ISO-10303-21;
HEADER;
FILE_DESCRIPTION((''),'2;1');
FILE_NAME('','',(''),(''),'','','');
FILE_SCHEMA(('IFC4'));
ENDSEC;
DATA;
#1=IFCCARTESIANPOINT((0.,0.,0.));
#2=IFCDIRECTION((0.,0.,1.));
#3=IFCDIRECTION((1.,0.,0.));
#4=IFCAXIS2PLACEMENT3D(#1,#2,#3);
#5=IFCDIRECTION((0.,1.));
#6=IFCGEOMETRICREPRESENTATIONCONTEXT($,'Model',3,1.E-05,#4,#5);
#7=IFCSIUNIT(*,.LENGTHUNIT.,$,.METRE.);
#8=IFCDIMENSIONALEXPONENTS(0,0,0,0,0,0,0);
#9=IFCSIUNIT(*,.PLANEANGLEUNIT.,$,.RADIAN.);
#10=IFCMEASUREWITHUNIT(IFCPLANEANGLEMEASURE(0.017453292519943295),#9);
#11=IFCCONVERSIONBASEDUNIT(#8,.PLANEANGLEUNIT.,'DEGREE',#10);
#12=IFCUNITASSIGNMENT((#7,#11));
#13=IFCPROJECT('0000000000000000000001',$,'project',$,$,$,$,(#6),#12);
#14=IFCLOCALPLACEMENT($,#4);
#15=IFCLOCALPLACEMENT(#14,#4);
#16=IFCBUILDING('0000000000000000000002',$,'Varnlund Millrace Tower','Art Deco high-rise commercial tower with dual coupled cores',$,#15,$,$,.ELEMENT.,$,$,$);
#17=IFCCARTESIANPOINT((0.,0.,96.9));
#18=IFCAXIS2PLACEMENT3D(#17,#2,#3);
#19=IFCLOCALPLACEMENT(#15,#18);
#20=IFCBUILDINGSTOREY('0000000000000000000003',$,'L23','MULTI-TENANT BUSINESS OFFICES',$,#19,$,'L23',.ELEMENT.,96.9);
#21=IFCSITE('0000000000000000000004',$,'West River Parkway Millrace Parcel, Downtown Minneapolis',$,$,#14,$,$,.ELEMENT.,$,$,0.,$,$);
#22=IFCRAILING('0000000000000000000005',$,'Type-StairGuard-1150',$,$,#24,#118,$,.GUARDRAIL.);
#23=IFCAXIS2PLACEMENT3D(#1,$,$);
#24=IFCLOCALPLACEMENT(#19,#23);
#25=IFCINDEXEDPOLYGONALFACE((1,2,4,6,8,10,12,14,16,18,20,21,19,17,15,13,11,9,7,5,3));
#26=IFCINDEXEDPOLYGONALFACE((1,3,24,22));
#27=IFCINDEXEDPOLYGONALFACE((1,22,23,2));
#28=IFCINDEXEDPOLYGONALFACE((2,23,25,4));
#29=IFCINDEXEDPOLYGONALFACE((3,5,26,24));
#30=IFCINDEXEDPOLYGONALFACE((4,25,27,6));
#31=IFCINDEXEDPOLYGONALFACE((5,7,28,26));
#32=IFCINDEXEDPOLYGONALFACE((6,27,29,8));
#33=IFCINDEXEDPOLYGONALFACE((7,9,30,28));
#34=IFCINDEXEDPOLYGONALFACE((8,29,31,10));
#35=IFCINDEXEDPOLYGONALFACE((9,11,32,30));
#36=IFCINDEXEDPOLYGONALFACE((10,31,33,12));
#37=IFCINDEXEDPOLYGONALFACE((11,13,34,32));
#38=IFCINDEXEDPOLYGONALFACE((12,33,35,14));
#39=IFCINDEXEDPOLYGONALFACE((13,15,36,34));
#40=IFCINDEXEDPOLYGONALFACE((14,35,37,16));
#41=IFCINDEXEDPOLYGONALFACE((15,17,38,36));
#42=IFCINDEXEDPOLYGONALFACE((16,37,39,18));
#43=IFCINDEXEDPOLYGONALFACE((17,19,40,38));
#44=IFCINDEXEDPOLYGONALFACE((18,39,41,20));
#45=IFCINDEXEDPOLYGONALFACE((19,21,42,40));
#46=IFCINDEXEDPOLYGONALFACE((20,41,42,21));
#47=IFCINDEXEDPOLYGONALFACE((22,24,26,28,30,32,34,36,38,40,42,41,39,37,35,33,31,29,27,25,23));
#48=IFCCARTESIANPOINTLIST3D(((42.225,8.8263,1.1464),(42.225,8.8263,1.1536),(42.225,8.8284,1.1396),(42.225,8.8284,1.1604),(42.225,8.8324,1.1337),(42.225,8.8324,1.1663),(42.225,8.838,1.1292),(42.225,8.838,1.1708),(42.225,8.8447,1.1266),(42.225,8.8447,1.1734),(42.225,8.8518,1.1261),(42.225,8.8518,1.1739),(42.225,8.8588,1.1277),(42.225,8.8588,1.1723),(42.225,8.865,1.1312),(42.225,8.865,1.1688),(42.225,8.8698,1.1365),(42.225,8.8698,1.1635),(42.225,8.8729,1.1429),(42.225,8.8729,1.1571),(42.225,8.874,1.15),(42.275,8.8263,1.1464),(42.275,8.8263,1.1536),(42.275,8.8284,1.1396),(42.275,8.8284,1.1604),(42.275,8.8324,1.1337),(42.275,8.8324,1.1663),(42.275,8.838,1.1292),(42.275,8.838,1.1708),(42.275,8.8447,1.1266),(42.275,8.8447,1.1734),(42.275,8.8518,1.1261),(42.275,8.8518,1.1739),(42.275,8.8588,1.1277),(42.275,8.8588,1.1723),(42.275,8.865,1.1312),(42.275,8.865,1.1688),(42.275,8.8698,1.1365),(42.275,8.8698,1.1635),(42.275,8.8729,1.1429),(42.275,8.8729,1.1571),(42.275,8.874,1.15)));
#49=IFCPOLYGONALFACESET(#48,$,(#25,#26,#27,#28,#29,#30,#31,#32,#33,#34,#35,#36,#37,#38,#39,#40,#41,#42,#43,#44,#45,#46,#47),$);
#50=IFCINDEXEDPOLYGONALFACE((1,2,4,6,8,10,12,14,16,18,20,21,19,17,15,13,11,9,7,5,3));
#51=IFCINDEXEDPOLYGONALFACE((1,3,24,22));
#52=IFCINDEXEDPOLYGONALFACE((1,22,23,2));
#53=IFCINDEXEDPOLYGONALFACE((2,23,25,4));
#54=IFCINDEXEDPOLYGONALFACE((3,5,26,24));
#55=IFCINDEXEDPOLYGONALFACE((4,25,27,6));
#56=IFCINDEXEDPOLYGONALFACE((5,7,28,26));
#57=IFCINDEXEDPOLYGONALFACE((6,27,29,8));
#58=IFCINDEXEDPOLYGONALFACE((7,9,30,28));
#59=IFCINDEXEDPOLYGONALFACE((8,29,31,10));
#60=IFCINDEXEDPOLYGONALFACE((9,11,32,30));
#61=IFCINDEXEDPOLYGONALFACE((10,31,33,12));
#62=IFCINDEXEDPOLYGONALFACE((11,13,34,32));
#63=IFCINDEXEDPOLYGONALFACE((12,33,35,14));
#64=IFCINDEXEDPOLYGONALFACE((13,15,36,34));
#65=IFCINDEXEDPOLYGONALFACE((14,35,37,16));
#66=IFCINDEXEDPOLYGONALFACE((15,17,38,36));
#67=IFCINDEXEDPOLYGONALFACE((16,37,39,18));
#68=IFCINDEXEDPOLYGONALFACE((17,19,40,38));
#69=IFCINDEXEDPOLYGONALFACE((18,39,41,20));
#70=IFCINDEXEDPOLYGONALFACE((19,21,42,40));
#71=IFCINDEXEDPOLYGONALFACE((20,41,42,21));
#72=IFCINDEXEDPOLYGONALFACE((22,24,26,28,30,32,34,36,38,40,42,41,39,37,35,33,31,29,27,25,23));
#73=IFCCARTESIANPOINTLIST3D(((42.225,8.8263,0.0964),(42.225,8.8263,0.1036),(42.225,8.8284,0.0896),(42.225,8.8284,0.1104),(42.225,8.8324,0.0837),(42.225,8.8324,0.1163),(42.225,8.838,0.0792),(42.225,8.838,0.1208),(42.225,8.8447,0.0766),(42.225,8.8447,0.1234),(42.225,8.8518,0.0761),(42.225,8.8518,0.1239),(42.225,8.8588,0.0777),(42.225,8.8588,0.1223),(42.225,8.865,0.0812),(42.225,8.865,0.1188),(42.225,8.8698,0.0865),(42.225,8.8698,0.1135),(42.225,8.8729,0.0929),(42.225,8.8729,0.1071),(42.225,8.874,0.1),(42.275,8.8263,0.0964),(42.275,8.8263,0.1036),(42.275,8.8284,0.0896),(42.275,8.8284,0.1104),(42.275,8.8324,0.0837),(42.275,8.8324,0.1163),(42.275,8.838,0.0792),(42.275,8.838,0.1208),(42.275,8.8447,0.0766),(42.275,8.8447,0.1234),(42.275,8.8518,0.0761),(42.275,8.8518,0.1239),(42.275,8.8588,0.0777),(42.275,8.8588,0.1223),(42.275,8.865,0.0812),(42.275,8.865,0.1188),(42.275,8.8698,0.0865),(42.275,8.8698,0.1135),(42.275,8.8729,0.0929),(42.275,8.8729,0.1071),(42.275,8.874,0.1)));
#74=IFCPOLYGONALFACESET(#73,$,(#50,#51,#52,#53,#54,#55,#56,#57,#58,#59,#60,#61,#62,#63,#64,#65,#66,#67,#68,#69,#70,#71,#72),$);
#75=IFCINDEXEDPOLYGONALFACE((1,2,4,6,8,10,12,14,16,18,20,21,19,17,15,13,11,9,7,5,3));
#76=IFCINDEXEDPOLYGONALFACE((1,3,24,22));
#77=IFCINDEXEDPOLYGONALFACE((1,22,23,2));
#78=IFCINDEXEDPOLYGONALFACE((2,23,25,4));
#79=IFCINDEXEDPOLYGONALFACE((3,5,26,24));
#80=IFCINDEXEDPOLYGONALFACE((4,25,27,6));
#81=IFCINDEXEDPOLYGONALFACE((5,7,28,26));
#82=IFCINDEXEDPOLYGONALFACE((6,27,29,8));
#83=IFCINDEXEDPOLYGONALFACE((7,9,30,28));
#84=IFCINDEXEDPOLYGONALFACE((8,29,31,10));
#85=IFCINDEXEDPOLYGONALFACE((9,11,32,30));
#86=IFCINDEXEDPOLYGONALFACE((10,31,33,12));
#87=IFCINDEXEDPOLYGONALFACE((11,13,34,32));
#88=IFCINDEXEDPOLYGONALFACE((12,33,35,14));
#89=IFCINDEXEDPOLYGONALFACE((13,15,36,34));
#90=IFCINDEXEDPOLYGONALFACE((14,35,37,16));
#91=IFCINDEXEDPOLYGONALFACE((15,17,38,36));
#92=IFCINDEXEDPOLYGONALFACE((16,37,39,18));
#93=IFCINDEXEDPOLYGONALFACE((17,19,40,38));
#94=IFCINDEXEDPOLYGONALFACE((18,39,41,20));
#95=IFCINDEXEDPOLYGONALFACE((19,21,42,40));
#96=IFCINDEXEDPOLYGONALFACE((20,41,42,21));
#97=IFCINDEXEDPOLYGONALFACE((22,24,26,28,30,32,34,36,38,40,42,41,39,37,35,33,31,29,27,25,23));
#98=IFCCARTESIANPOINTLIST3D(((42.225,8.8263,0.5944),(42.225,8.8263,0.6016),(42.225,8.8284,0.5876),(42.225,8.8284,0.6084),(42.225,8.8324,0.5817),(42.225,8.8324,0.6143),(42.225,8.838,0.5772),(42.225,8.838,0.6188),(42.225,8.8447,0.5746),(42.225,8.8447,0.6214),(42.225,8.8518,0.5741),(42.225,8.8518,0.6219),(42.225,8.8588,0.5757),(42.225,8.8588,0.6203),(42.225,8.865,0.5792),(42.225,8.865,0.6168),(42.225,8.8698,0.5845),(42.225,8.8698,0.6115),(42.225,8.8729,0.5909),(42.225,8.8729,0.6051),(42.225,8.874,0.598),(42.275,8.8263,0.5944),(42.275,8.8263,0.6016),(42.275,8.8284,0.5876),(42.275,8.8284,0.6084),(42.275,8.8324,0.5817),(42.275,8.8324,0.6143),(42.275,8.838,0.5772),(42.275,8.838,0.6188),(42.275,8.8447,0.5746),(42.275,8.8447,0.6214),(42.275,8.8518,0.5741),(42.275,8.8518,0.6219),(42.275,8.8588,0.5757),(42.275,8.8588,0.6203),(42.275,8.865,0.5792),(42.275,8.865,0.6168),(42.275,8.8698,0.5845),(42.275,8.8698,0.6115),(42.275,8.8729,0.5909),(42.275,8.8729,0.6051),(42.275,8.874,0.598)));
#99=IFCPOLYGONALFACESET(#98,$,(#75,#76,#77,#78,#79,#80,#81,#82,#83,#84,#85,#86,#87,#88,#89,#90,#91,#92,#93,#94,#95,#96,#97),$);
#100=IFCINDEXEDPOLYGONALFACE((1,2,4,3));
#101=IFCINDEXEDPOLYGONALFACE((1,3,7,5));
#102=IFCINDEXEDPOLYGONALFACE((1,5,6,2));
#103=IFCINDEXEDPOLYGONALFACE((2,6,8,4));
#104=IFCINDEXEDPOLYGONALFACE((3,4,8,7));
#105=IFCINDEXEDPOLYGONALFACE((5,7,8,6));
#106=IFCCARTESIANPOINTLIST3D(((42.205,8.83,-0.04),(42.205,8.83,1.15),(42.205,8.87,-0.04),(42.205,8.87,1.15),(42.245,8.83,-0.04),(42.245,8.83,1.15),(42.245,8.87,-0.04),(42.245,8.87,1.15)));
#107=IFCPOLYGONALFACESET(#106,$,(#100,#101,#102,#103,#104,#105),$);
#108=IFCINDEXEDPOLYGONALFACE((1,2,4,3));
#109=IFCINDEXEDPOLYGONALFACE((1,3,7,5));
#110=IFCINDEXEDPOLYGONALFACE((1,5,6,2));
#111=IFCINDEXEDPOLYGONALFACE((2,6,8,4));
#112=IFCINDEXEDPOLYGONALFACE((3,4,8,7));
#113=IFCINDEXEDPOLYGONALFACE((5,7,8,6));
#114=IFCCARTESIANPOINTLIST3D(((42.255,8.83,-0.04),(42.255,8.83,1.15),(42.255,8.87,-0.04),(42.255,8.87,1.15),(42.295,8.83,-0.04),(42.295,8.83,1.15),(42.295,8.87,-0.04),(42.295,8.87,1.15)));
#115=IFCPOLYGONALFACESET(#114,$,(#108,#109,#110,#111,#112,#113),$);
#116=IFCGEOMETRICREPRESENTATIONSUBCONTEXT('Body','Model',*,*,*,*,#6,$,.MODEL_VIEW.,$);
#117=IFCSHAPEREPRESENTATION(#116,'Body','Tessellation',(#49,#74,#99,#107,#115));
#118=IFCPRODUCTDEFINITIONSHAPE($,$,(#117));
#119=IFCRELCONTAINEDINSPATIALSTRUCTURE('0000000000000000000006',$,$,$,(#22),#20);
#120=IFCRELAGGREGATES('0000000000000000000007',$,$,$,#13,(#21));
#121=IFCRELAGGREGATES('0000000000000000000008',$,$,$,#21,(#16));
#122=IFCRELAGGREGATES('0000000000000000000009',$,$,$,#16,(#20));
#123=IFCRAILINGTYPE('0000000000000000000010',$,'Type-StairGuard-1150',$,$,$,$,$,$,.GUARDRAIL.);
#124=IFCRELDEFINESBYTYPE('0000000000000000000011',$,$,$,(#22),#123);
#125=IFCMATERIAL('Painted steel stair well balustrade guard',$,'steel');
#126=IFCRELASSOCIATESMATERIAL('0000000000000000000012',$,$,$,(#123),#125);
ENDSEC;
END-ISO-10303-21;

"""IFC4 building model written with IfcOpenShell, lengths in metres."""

from ifc_helpers import new_model, entity, si_unit, converted_unit, direction, frame, origin_with_axes, origin_2d_with_axis, place, context, subcontext, project, spatial, rectangle, circle, extrude, material, type_object, element, save


model = new_model("IFC4")

# Units and contexts
model_context = context("Model", 3, precision=1e-05, world=origin_with_axes(), true_north=direction((0.0, 1.0)))
body_context = subcontext(model_context, "Body", "Model", "MODEL_VIEW")
ifc_project = project(units=[si_unit("LENGTHUNIT", "METRE"), converted_unit("PLANEANGLEUNIT", "DEGREE", entity("IfcPlaneAngleMeasure", 0.017453292519943295), si_unit("PLANEANGLEUNIT", "RADIAN"), dimensions=[0, 0, 0, 0, 0, 0, 0])], contexts=[model_context])

# Site, building, storey
site_placement = place(None, origin_with_axes())
site = spatial("IfcSite", under=ifc_project, at=site_placement, Name="West River Parkway Millrace Parcel, Downtown Minneapolis", CompositionType="ELEMENT", RefElevation=0.0)
building_placement = place(site_placement, origin_with_axes())
building = spatial("IfcBuilding", under=site, at=building_placement, Name="Varnlund Millrace Tower", Description="Art Deco high-rise commercial tower with dual coupled cores", CompositionType="ELEMENT")
storey_placement = place(building_placement, frame((0.0, 0.0, 96.9), z_axis=(0.0, 0.0, 1.0), x_axis=(1.0, 0.0, 0.0)))
storey = spatial("IfcBuildingStorey", under=building, at=storey_placement, Name="L23", Description="MULTI-TENANT BUSINESS OFFICES", LongName="L23", CompositionType="ELEMENT", Elevation=96.9)

# Railing
ifc_material_1 = material(Name="Painted steel stair well balustrade guard", Category="steel")
railing_type_1 = type_object("IfcRailingType", Name="Type-StairGuard-1150", PredefinedType="GUARDRAIL", material=ifc_material_1)
railing_1_placement = place(storey_placement, frame((0.0, 0.0, -96.9), z_axis=(0.0, 0.0, 1.0), x_axis=(1.0, 0.0, 0.0)))
element("IfcRailing", 1, at=railing_1_placement, inside=storey, type_object=railing_type_1, Name="Type-StairGuard-1150", PredefinedType="GUARDRAIL", context=body_context, shape_type="SweptSolid", body=[
    extrude(circle(Radius=0.024, at=origin_2d_with_axis()), frame((42.225, 8.85, 98.05), z_axis=(1.0, 0.0, 0.0), x_axis=(0.0, 1.0, 0.0)), (0.0, 0.0, 1.0), 0.05),
    extrude(circle(Radius=0.024, at=origin_2d_with_axis()), frame((42.225, 8.85, 97.0), z_axis=(1.0, 0.0, 0.0), x_axis=(0.0, 1.0, 0.0)), (0.0, 0.0, 1.0), 0.05),
    extrude(circle(Radius=0.024, at=origin_2d_with_axis()), frame((42.225, 8.85, 97.498), z_axis=(1.0, 0.0, 0.0), x_axis=(0.0, 1.0, 0.0)), (0.0, 0.0, 1.0), 0.05),
    extrude(rectangle(XDim=0.04, YDim=0.04, at=origin_2d_with_axis()), frame((42.225, 8.85, 96.86), z_axis=(0.0, 0.0, 1.0), x_axis=(1.0, 0.0, 0.0)), (0.0, 0.0, 1.0), 1.19),
    extrude(rectangle(XDim=0.04, YDim=0.04, at=origin_2d_with_axis()), frame((42.275, 8.85, 96.86), z_axis=(0.0, 0.0, 1.0), x_axis=(1.0, 0.0, 0.0)), (0.0, 0.0, 1.0), 1.19),
])

save(model, "model.ifc")
